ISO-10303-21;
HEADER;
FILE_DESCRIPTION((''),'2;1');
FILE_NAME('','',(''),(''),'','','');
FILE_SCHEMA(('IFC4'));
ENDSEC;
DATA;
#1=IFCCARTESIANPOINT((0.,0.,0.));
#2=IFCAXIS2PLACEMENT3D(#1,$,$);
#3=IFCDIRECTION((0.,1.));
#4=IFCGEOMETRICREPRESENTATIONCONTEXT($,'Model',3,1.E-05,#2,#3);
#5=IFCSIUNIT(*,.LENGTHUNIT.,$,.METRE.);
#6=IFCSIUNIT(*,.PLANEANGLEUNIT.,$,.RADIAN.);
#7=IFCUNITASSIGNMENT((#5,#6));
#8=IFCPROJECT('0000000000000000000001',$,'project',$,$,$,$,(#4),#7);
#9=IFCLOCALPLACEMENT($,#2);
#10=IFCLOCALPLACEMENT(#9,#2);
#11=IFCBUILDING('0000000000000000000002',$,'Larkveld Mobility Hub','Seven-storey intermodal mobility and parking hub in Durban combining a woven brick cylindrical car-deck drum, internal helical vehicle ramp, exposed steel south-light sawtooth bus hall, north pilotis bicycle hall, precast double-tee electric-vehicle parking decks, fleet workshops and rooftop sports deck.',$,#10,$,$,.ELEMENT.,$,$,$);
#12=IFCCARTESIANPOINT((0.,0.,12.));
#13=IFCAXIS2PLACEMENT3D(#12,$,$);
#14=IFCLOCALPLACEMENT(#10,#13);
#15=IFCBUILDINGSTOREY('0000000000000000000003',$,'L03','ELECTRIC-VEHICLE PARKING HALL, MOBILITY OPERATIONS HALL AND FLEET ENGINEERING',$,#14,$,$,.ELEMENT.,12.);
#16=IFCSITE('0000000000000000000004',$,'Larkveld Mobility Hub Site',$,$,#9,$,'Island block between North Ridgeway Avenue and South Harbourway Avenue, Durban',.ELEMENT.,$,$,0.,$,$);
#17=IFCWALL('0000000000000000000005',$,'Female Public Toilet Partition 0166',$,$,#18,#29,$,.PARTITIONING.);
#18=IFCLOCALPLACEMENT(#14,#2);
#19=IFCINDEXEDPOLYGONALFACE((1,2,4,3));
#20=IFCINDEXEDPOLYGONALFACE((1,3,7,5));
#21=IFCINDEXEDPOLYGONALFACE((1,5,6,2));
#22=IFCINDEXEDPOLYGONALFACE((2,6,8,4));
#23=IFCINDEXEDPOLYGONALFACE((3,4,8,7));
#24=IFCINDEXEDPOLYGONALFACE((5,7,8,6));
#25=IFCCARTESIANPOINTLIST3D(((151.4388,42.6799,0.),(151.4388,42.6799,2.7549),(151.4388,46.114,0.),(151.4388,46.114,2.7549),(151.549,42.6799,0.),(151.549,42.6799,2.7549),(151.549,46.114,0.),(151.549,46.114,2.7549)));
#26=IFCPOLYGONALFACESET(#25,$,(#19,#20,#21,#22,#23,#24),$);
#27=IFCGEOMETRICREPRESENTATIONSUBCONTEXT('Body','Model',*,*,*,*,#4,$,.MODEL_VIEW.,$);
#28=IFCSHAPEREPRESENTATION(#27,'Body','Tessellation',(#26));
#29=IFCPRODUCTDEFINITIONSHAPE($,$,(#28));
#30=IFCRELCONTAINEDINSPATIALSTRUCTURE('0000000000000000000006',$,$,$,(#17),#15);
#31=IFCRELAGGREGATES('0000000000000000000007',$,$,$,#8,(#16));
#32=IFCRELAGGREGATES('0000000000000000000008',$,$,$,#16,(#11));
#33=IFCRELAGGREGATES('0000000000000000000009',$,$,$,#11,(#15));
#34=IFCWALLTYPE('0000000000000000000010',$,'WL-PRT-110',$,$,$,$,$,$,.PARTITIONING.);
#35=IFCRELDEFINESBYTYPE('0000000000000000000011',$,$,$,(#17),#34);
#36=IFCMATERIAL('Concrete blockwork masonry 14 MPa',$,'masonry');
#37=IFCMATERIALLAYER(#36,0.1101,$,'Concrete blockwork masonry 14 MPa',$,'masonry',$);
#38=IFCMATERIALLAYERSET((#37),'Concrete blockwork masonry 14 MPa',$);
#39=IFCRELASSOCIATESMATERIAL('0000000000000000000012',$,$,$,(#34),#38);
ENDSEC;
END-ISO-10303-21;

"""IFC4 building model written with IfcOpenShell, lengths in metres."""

from ifc_helpers import new_model, si_unit, direction, frame, frame_2d, origin, place, context, subcontext, project, spatial, rectangle, extrude, material, layer, layer_set, type_object, element, save


model = new_model("IFC4")

# Units and contexts
model_context = context("Model", 3, precision=1e-05, world=origin(), true_north=direction((0.0, 1.0)))
body_context = subcontext(model_context, "Body", "Model", "MODEL_VIEW")
ifc_project = project(units=[si_unit("LENGTHUNIT", "METRE"), si_unit("PLANEANGLEUNIT", "RADIAN")], contexts=[model_context])

# Site, building, storey
site_placement = place(None, origin())
site = spatial("IfcSite", under=ifc_project, at=site_placement, Name="Larkveld Mobility Hub Site", LongName="Island block between North Ridgeway Avenue and South Harbourway Avenue, Durban", CompositionType="ELEMENT", RefElevation=0.0)
building_placement = place(site_placement, origin())
building = spatial("IfcBuilding", under=site, at=building_placement, Name="Larkveld Mobility Hub", Description="Seven-storey intermodal mobility and parking hub in Durban combining a woven brick cylindrical car-deck drum, internal helical vehicle ramp, exposed steel south-light sawtooth bus hall, north pilotis bicycle hall, precast double-tee electric-vehicle parking decks, fleet workshops and rooftop sports deck.", CompositionType="ELEMENT")
storey_placement = place(building_placement, frame((0.0, 0.0, 12.0)))
storey = spatial("IfcBuildingStorey", under=building, at=storey_placement, Name="L03", Description="ELECTRIC-VEHICLE PARKING HALL, MOBILITY OPERATIONS HALL AND FLEET ENGINEERING", CompositionType="ELEMENT", Elevation=12.0)

# Shared definitions
ifc_material_1 = material(Name="Concrete blockwork masonry 14 MPa", Category="masonry")
ifc_layer_1 = layer(ifc_material_1, 0.1101, Name="Concrete blockwork masonry 14 MPa", Category="masonry")
ifc_layer_set_1 = layer_set([ifc_layer_1], Name="Concrete blockwork masonry 14 MPa")
wall_type_1 = type_object("IfcWallType", Name="WL-PRT-110", PredefinedType="PARTITIONING", material=ifc_layer_set_1)

# Wall
wall_1_placement = place(storey_placement, frame((151.4939, 42.6799, 0.0), z_axis=(0.0, 0.0, 1.0), x_axis=(0.0, 1.0, 0.0)))
element("IfcWall", 1, at=wall_1_placement, inside=storey, type_object=wall_type_1, Name="Female Public Toilet Partition 0166", PredefinedType="PARTITIONING", context=body_context, shape_type="SweptSolid", body=[
    extrude(rectangle(XDim=3.4341, YDim=0.1101, at=frame_2d((1.717, 0.0))), origin(), (0.0, 0.0, 1.0), 2.7549),
])

save(model, "model.ifc")
